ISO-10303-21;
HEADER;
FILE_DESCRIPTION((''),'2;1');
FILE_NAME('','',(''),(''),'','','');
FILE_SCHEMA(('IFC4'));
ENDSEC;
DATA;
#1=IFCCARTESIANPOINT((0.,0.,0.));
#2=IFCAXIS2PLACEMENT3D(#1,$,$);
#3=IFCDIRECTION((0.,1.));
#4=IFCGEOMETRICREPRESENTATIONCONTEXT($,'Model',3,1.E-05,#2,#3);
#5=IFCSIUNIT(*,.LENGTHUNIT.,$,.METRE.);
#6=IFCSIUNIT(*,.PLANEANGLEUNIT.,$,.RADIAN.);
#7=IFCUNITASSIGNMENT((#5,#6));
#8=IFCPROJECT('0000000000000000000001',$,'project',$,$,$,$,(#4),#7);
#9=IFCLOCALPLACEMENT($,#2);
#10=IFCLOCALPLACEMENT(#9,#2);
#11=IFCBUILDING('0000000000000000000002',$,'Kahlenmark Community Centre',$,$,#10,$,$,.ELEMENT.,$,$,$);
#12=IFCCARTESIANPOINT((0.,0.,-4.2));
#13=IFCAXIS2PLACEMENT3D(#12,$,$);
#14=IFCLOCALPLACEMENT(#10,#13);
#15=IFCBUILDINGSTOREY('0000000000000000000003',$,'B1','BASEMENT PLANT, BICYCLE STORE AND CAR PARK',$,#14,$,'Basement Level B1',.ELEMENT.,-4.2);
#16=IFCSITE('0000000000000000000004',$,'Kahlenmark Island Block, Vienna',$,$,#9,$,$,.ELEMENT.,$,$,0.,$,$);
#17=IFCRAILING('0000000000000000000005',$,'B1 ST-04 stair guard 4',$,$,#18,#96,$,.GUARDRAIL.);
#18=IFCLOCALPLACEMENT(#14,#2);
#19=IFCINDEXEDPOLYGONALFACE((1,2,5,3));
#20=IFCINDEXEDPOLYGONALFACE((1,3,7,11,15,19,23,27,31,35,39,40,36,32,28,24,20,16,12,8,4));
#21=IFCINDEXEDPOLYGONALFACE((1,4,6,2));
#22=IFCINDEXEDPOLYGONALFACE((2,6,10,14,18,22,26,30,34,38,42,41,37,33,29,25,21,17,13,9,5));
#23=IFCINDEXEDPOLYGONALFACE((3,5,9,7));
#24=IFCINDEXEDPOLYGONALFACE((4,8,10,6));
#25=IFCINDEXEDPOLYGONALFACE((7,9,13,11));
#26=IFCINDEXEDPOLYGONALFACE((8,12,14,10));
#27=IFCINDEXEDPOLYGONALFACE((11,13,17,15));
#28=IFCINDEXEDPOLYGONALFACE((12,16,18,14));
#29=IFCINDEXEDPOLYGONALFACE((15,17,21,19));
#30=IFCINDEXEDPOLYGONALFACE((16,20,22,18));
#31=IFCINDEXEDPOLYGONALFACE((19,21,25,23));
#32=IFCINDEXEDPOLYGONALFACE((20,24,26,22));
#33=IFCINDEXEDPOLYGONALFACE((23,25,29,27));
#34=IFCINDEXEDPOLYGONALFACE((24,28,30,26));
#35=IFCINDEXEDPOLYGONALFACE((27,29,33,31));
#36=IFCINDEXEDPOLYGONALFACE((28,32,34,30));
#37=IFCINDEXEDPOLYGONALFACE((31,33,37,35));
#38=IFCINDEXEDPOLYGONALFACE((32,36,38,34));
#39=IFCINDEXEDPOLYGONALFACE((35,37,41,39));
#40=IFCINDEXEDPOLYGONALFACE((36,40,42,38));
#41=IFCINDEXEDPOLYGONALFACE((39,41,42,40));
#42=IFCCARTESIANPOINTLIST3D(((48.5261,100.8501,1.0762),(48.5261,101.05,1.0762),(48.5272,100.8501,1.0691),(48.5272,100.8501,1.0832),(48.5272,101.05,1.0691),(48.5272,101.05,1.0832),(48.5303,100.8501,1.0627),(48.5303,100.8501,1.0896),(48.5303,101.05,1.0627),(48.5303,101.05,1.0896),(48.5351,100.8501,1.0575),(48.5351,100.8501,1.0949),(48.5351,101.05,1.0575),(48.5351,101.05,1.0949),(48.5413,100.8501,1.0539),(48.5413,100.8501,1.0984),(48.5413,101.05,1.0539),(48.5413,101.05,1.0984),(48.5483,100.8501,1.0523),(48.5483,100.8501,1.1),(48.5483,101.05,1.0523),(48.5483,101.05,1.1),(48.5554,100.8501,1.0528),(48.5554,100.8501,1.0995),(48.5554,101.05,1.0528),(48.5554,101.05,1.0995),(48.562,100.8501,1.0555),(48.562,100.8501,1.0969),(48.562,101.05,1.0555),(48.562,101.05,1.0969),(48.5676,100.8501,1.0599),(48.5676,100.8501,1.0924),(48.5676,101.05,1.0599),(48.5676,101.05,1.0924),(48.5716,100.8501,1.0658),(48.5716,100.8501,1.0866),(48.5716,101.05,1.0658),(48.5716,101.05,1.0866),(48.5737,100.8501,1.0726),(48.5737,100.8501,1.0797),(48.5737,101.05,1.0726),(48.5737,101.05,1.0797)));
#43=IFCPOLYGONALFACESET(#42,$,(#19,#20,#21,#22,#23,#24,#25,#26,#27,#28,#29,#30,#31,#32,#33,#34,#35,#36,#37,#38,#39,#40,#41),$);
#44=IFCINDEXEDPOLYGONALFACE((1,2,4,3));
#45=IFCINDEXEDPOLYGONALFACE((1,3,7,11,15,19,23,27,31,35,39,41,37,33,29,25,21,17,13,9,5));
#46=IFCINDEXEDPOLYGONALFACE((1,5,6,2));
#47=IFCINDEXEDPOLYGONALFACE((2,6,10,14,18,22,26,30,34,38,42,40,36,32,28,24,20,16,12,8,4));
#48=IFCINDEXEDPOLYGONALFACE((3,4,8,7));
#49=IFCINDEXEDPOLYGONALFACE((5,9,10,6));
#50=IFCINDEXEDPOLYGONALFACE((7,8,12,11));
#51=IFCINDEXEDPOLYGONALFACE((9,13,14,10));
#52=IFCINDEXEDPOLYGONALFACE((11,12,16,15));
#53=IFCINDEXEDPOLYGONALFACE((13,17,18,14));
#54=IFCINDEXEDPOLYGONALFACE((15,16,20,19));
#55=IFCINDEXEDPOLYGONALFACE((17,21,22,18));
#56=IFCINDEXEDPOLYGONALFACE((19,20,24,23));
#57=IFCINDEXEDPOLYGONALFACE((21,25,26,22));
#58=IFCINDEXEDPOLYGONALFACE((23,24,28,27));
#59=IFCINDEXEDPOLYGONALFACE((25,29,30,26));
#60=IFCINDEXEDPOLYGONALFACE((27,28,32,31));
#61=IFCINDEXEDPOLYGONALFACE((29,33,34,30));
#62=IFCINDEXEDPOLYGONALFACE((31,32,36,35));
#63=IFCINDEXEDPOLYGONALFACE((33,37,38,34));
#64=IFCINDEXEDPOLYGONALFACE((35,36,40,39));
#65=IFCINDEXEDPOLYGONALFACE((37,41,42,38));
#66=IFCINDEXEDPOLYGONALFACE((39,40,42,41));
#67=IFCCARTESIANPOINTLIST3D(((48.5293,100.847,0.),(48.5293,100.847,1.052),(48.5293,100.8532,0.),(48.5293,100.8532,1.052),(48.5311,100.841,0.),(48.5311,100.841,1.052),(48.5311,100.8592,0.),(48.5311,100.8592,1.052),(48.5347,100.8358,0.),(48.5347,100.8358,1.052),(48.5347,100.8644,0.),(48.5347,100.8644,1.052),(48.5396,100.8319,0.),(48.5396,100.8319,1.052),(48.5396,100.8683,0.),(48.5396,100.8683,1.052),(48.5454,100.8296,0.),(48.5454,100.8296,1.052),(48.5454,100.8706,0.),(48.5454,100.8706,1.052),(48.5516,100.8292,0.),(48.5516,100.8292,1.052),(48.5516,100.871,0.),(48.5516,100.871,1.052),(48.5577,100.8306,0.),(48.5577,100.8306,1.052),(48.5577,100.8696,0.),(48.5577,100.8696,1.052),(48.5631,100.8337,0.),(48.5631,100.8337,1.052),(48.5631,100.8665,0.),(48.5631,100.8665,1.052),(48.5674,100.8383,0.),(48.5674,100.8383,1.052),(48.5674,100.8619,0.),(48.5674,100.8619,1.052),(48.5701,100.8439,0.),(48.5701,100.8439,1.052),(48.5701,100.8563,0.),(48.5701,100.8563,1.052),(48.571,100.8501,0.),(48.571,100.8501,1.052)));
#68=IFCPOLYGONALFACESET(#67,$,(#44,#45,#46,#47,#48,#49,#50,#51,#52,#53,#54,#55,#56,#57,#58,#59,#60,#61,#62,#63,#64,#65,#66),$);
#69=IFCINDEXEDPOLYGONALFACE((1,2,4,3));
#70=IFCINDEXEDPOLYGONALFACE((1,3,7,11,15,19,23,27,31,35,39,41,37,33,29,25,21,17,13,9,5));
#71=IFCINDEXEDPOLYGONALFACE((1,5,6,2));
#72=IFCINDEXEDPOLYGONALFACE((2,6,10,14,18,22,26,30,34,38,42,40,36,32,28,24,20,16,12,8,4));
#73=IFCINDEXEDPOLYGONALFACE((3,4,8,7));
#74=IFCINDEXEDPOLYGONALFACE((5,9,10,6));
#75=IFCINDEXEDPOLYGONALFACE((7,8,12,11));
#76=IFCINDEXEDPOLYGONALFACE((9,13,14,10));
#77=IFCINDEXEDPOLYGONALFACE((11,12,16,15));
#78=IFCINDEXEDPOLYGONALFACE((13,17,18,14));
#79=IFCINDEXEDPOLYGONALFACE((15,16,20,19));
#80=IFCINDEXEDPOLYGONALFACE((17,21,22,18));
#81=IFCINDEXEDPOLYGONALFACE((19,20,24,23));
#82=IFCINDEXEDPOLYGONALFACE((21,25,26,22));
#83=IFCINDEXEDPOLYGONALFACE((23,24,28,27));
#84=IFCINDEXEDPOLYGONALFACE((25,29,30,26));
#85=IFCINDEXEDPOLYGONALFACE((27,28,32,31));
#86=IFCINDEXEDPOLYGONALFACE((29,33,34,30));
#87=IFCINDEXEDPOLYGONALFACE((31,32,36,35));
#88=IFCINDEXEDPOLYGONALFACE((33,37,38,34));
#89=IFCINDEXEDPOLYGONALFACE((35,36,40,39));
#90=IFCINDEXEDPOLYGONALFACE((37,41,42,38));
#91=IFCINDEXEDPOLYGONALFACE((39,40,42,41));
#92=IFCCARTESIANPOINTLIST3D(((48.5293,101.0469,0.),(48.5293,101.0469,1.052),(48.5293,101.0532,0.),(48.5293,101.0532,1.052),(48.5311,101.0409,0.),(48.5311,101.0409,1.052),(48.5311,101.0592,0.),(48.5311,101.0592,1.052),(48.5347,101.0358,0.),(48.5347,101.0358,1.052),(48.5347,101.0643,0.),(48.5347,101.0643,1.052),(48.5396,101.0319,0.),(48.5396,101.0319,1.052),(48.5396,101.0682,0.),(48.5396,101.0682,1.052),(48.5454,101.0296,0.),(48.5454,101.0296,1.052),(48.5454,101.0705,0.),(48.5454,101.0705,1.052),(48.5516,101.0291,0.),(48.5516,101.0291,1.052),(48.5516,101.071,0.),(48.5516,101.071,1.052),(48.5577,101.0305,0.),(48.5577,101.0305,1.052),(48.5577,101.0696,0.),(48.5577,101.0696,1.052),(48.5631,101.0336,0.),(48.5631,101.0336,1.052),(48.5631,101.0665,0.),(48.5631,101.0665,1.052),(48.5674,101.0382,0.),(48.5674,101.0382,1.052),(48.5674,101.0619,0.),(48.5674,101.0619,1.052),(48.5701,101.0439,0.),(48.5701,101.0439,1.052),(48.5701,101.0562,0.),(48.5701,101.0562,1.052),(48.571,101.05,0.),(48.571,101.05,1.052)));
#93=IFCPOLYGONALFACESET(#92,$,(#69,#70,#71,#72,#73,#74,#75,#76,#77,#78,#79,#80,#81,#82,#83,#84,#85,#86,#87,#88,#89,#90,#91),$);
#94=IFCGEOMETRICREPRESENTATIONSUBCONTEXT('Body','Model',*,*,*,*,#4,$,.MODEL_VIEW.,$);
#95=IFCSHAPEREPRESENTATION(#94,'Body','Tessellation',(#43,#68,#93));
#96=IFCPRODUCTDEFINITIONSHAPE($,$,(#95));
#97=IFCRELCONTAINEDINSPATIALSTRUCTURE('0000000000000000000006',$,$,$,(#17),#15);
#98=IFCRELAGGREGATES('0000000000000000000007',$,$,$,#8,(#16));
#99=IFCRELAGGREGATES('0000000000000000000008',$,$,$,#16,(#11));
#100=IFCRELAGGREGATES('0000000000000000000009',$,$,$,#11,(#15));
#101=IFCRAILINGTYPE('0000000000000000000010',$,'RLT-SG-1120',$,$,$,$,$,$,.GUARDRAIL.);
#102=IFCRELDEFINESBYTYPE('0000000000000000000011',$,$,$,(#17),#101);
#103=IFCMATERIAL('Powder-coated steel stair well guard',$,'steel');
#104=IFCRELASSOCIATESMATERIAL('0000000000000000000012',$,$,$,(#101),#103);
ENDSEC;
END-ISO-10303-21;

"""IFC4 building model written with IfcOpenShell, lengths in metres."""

from ifc_helpers import new_model, si_unit, direction, frame, origin, origin_2d, place, context, subcontext, project, spatial, circle, extrude, material, type_object, element, save


model = new_model("IFC4")

# Units and contexts
model_context = context("Model", 3, precision=1e-05, world=origin(), true_north=direction((0.0, 1.0)))
body_context = subcontext(model_context, "Body", "Model", "MODEL_VIEW")
ifc_project = project(units=[si_unit("LENGTHUNIT", "METRE"), si_unit("PLANEANGLEUNIT", "RADIAN")], contexts=[model_context])

# Site, building, storey
site_placement = place(None, origin())
site = spatial("IfcSite", under=ifc_project, at=site_placement, Name="Kahlenmark Island Block, Vienna", CompositionType="ELEMENT", RefElevation=0.0)
building_placement = place(site_placement, origin())
building = spatial("IfcBuilding", under=site, at=building_placement, Name="Kahlenmark Community Centre", CompositionType="ELEMENT")
storey_placement = place(building_placement, frame((0.0, 0.0, -4.2)))
storey = spatial("IfcBuildingStorey", under=building, at=storey_placement, Name="B1", Description="BASEMENT PLANT, BICYCLE STORE AND CAR PARK", LongName="Basement Level B1", CompositionType="ELEMENT", Elevation=-4.2)

# Railing
ifc_material_1 = material(Name="Powder-coated steel stair well guard", Category="steel")
railing_type_1 = type_object("IfcRailingType", Name="RLT-SG-1120", PredefinedType="GUARDRAIL", material=ifc_material_1)
railing_1_placement = place(storey_placement, frame((48.55, 100.8501, 0.0)))
element("IfcRailing", 1, at=railing_1_placement, inside=storey, type_object=railing_type_1, Name="B1 ST-04 stair guard 4", PredefinedType="GUARDRAIL", context=body_context, shape_type="SweptSolid", body=[
    extrude(circle(Radius=0.0239, at=origin_2d()), frame((0.0, 0.0, 1.0762), z_axis=(0.0, 1.0, 0.0), x_axis=(-1.0, 0.0, 0.0)), (0.0, 0.0, 1.0), 0.2),
    extrude(circle(Radius=0.021, at=origin_2d()), origin(), (0.0, 0.0, 1.0), 1.052),
    extrude(circle(Radius=0.021, at=origin_2d()), frame((0.0, 0.2, 0.0)), (0.0, 0.0, 1.0), 1.052),
])

save(model, "model.ifc")
